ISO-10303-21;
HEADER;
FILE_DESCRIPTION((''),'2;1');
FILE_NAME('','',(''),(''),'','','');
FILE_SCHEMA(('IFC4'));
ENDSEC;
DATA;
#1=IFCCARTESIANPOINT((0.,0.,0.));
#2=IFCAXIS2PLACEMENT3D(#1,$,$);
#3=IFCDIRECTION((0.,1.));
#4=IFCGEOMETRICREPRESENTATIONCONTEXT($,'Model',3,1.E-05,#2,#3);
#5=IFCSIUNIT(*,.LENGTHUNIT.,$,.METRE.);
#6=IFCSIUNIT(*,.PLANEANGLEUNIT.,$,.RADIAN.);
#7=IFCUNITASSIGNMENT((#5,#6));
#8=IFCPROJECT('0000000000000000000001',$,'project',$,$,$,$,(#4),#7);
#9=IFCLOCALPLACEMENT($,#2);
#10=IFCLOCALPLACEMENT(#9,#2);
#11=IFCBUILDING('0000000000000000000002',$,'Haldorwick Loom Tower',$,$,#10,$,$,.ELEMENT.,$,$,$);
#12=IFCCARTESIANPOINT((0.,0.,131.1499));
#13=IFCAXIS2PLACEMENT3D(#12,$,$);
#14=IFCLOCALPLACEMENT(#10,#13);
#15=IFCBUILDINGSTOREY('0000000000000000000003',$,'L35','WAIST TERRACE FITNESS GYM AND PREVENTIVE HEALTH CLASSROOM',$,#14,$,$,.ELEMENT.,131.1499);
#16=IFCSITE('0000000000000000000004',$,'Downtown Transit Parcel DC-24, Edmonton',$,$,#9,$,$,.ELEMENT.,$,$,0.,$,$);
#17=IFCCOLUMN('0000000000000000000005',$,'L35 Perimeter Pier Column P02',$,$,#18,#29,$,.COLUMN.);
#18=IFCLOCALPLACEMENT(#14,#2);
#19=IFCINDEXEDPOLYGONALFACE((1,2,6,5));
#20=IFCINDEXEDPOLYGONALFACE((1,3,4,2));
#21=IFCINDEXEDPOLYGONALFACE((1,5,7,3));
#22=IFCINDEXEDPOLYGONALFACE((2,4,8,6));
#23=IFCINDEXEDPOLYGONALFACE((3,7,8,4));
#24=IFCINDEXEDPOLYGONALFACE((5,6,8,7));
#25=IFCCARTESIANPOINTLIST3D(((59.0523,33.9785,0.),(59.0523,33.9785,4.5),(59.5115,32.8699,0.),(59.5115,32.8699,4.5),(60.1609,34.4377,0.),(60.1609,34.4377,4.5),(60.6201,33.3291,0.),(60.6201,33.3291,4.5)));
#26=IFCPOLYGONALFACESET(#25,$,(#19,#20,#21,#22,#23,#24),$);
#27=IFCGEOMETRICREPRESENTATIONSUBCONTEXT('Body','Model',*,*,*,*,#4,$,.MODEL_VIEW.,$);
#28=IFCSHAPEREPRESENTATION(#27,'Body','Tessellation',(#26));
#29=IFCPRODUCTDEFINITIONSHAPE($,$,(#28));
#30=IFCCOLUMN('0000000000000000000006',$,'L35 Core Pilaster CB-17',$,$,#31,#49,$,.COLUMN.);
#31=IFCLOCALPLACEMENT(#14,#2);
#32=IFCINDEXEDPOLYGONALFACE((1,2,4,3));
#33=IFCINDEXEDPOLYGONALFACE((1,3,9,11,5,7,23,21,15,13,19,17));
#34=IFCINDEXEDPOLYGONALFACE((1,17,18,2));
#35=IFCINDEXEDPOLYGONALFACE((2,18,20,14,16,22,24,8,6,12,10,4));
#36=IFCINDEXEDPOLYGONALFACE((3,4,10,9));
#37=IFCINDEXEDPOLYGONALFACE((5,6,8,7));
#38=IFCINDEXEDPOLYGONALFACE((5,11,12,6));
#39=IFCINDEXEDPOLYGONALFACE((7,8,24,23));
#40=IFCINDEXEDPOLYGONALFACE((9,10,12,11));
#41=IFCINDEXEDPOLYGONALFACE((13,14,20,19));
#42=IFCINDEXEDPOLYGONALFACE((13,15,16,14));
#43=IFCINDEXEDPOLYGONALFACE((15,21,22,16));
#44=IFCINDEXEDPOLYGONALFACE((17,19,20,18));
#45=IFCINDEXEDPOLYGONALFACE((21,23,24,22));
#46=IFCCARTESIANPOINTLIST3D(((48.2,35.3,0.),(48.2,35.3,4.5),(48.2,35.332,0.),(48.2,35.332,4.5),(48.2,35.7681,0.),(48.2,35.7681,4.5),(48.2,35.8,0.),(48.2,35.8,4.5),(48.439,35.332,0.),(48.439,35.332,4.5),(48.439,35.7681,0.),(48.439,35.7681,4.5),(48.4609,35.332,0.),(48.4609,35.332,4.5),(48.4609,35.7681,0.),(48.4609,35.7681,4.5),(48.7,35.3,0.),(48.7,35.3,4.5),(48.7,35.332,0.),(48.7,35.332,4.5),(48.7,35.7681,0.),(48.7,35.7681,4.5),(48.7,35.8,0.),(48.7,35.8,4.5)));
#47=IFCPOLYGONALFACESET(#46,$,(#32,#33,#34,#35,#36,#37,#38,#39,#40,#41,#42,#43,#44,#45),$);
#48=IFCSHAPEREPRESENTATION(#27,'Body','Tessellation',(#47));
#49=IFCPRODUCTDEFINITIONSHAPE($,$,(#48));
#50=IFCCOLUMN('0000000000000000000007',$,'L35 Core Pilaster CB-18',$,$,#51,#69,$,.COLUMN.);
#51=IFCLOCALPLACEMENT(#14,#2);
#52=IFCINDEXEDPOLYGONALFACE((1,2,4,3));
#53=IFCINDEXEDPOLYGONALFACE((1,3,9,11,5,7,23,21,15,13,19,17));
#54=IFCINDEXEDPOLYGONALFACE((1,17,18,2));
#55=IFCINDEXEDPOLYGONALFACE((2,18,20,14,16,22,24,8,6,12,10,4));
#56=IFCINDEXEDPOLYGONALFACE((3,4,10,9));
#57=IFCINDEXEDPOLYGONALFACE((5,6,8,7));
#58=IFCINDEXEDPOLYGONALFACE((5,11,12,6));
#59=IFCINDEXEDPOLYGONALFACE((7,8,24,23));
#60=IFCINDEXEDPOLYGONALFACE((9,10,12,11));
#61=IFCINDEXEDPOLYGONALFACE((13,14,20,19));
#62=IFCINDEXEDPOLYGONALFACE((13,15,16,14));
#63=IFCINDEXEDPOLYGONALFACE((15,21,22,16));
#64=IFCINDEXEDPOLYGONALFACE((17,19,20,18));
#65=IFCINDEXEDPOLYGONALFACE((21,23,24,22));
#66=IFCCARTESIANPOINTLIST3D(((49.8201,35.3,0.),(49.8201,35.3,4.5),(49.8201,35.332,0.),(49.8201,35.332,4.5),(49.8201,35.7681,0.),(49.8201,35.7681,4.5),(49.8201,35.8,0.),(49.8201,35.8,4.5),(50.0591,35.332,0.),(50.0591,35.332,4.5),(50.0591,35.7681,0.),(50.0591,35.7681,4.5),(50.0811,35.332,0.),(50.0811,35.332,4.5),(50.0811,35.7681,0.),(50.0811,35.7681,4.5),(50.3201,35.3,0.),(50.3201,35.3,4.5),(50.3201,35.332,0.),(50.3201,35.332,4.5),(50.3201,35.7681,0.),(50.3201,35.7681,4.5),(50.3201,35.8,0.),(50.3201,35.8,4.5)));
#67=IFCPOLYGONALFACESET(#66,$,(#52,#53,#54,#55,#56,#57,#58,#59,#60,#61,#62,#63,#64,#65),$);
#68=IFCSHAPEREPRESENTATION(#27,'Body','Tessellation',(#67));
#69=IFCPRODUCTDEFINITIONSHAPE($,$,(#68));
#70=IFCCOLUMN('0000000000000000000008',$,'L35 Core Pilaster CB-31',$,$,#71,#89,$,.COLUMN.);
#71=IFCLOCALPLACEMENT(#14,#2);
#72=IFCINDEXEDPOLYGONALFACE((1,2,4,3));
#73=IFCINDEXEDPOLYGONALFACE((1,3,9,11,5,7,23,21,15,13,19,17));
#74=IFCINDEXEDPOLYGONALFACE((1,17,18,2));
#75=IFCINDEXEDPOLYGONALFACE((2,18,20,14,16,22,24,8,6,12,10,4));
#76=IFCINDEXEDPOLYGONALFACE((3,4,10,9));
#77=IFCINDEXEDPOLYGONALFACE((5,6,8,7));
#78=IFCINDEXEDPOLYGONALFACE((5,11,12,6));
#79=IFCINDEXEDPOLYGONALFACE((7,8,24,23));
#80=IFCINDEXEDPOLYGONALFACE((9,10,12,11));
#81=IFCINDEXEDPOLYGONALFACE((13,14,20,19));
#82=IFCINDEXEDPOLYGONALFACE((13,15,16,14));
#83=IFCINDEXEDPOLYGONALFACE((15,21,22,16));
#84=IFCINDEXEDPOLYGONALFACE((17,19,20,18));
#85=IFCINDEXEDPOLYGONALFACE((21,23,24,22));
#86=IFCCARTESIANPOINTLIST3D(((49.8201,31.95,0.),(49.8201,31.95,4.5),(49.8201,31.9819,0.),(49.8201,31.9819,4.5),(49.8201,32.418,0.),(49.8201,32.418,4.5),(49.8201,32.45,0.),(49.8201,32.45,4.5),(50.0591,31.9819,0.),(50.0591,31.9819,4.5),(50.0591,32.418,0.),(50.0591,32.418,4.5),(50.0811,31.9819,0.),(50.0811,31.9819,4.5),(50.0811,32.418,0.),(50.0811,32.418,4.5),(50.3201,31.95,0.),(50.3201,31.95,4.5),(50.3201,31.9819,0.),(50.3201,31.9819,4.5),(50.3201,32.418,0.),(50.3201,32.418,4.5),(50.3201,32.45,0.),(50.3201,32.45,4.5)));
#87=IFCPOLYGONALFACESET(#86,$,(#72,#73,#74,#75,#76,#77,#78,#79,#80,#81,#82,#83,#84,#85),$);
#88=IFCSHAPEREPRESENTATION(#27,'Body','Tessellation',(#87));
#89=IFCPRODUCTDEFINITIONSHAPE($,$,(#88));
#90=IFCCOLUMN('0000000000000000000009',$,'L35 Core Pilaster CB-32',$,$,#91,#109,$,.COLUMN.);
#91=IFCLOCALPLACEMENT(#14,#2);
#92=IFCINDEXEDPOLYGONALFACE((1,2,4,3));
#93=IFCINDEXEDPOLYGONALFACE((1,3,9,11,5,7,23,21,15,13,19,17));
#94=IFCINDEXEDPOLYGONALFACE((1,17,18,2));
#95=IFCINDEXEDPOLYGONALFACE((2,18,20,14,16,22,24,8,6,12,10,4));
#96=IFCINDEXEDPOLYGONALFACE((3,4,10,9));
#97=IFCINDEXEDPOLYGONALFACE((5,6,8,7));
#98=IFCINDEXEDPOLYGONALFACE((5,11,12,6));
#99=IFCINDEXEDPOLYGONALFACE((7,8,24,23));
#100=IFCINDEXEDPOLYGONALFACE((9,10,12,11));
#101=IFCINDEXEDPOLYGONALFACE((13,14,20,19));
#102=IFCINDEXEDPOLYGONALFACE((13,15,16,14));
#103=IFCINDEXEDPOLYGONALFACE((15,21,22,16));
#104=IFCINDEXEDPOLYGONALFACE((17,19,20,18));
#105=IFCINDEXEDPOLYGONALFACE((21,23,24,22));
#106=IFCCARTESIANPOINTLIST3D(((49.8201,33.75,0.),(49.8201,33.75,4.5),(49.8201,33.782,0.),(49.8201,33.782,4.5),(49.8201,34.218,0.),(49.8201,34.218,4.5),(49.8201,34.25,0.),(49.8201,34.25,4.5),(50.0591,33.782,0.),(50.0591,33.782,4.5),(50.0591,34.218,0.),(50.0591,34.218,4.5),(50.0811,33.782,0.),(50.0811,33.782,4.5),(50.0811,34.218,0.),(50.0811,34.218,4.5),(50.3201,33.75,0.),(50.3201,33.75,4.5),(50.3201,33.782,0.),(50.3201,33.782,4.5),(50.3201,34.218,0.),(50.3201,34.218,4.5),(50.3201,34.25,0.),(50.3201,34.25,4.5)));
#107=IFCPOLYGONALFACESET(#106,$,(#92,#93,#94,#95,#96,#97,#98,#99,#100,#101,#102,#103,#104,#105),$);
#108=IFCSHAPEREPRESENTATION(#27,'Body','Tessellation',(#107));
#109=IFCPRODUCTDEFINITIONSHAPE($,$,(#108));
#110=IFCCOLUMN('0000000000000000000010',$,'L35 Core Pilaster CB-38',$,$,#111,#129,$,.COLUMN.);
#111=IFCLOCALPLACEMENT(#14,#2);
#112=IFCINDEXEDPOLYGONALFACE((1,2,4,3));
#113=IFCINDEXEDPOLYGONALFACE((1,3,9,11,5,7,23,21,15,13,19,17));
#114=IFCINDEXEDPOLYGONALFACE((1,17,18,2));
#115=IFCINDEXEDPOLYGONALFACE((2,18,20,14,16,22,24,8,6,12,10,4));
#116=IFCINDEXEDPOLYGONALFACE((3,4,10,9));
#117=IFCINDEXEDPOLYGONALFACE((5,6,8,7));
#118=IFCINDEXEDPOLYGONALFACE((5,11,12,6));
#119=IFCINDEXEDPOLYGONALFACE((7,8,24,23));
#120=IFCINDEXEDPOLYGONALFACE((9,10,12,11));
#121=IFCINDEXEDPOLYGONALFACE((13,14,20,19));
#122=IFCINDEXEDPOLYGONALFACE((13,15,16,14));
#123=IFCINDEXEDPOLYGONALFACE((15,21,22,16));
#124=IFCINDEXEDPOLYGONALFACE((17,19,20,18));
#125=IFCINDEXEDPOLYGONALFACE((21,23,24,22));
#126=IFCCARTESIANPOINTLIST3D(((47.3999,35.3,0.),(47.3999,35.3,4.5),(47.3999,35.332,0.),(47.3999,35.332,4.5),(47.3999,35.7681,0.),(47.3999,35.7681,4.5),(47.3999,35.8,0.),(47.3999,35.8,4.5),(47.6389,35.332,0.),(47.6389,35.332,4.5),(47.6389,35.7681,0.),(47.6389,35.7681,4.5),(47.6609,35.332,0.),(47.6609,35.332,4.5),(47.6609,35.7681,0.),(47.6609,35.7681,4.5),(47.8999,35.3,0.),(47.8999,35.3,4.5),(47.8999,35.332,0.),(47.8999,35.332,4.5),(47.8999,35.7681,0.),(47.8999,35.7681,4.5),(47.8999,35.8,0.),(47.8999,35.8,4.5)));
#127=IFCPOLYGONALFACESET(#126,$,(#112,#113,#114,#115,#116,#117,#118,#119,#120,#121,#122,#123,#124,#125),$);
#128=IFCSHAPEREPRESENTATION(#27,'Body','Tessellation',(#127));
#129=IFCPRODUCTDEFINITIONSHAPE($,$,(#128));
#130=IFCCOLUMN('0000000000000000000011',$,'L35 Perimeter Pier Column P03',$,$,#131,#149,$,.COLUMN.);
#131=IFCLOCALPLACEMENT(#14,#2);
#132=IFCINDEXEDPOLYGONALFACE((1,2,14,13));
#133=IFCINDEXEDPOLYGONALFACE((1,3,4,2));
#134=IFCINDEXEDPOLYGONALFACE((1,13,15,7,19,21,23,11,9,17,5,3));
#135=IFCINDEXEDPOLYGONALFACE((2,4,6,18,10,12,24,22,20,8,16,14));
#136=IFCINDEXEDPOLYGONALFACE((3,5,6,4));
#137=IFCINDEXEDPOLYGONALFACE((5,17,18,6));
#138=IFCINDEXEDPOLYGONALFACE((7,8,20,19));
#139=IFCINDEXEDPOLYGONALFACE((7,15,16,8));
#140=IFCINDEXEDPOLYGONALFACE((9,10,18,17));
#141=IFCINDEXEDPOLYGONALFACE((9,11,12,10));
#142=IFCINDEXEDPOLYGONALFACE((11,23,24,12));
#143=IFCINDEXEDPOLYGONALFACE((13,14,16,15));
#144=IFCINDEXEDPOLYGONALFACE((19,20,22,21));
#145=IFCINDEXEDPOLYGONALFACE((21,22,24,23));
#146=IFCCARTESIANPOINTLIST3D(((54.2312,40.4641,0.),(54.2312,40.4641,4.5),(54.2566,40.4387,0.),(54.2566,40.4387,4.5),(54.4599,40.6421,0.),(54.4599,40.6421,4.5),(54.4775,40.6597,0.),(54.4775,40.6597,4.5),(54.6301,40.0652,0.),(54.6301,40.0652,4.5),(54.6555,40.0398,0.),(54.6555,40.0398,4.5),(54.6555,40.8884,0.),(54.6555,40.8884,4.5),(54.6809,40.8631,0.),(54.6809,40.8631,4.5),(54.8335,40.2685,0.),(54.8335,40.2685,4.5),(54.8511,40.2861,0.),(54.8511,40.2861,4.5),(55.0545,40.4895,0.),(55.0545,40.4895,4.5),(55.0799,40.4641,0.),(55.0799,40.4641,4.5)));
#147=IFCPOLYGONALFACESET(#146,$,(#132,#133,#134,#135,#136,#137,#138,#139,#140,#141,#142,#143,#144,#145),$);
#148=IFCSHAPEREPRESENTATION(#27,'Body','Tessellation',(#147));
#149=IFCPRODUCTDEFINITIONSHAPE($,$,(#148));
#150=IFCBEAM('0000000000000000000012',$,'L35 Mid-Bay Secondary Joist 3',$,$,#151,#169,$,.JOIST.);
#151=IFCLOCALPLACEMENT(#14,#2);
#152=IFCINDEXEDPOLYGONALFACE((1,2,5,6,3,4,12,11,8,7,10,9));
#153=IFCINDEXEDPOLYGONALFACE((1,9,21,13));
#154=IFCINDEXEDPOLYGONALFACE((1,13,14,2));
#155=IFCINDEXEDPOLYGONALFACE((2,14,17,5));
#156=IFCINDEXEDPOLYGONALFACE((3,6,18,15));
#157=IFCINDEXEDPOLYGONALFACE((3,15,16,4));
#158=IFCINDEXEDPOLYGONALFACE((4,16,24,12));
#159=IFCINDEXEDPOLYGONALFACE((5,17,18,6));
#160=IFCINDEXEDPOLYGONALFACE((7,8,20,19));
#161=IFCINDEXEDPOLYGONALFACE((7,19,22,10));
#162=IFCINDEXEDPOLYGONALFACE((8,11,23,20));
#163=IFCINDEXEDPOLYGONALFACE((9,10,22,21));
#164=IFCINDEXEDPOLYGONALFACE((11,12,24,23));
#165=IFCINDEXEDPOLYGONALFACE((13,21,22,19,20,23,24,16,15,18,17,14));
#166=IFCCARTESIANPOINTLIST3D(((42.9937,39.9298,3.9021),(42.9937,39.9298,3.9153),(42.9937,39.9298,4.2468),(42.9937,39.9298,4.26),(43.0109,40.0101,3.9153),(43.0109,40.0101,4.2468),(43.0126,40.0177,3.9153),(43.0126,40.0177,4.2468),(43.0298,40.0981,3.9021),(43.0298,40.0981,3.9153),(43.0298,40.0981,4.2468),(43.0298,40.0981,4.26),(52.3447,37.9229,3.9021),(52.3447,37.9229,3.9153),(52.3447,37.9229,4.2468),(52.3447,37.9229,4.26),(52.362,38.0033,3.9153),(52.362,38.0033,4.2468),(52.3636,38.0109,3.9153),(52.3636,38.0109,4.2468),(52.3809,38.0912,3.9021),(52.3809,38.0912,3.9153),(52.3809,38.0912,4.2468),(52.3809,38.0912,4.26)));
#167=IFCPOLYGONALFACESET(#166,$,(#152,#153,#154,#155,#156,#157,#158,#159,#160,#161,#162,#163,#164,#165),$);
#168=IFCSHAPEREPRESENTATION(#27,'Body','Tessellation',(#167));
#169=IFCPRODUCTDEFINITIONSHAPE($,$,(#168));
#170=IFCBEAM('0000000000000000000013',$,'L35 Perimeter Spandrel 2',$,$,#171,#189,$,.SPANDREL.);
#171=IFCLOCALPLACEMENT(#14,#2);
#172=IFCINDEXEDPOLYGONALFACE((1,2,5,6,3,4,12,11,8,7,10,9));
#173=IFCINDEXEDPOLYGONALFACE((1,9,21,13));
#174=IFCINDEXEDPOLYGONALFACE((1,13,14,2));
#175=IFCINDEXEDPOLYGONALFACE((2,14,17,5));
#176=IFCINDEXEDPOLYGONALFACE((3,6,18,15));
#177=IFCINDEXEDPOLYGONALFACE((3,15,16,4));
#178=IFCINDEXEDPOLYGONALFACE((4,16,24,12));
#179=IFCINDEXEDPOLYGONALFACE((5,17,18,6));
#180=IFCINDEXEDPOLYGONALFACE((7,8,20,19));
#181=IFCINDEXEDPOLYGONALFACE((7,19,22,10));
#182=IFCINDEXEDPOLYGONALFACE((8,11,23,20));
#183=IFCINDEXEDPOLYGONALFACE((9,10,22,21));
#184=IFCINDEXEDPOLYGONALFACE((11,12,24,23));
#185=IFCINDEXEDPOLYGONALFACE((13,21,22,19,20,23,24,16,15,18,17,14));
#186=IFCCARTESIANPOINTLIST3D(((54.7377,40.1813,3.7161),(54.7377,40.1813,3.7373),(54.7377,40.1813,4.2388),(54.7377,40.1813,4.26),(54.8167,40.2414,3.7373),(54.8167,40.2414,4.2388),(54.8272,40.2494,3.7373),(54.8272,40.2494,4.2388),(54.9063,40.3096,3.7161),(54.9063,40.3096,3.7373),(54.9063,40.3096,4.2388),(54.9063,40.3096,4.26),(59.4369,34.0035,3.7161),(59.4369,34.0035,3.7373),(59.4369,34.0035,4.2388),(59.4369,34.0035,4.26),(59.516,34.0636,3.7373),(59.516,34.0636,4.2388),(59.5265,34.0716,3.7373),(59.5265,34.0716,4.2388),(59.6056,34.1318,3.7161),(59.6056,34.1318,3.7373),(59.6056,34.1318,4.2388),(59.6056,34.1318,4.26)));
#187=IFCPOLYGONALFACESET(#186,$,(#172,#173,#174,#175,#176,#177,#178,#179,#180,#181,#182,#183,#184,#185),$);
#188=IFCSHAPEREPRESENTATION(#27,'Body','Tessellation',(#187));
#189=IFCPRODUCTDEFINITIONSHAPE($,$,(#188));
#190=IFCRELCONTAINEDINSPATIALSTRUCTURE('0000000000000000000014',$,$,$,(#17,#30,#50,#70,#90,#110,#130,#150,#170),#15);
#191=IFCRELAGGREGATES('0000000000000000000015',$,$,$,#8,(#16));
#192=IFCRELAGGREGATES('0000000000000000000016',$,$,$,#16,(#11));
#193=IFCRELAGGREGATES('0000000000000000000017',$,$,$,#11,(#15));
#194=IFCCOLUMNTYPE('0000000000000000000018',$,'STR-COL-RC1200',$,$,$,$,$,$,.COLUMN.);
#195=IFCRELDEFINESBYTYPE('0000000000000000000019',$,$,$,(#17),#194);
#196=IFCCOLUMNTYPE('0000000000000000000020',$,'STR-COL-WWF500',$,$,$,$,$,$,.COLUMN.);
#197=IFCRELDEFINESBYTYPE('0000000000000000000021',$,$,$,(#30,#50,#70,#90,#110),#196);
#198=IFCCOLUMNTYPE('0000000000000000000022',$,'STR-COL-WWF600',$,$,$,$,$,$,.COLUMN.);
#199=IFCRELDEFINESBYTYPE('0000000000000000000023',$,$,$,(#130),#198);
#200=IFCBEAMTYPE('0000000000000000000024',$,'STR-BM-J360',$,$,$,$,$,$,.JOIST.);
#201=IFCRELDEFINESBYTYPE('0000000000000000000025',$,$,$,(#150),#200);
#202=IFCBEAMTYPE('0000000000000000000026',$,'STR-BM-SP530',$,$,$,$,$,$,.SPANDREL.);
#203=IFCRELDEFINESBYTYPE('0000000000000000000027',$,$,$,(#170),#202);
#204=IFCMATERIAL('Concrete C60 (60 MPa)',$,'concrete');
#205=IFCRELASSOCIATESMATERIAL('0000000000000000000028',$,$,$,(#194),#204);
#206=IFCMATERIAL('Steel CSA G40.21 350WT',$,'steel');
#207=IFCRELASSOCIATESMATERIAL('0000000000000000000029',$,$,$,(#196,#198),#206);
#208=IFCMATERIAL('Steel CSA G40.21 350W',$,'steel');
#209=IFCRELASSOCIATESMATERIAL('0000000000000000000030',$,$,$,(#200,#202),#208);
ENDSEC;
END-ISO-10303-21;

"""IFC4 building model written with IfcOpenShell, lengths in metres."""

from ifc_helpers import new_model, si_unit, direction, frame, origin, origin_2d, place, context, subcontext, project, spatial, rectangle, i_section, extrude, material, material_profile, profile_set, type_object, element, save


model = new_model("IFC4")

# Units and contexts
model_context = context("Model", 3, precision=1e-05, world=origin(), true_north=direction((0.0, 1.0)))
body_context = subcontext(model_context, "Body", "Model", "MODEL_VIEW")
ifc_project = project(units=[si_unit("LENGTHUNIT", "METRE"), si_unit("PLANEANGLEUNIT", "RADIAN")], contexts=[model_context])

# Site, building, storey
site_placement = place(None, origin())
site = spatial("IfcSite", under=ifc_project, at=site_placement, Name="Downtown Transit Parcel DC-24, Edmonton", CompositionType="ELEMENT", RefElevation=0.0)
building_placement = place(site_placement, origin())
building = spatial("IfcBuilding", under=site, at=building_placement, Name="Haldorwick Loom Tower", CompositionType="ELEMENT")
storey_placement = place(building_placement, frame((0.0, 0.0, 131.1499)))
storey = spatial("IfcBuildingStorey", under=building, at=storey_placement, Name="L35", Description="WAIST TERRACE FITNESS GYM AND PREVENTIVE HEALTH CLASSROOM", CompositionType="ELEMENT", Elevation=131.1499)

# Columns
ifc_material_1 = material(Name="Concrete C60 (60 MPa)", Category="concrete")
ifc_material_profile_1 = material_profile(ifc_material_1, rectangle(XDim=1.2, YDim=1.2, at=origin_2d()), Name="RC1200X1200", Category="concrete")
ifc_profile_set_1 = profile_set([ifc_material_profile_1], Name="Concrete C60 (60 MPa)")
column_type_1 = type_object("IfcColumnType", Name="STR-COL-RC1200", PredefinedType="COLUMN", material=ifc_profile_set_1)
column_1_placement = place(storey_placement, frame((59.8362, 33.6538, 0.0), z_axis=(0.0, 0.0, 1.0), x_axis=(0.92388, 0.382683, 0.0)))
element("IfcColumn", 1, at=column_1_placement, inside=storey, type_object=column_type_1, Name="L35 Perimeter Pier Column P02", PredefinedType="COLUMN", context=body_context, shape_type="SweptSolid", body=[
    extrude(rectangle(XDim=1.2, YDim=1.2, at=origin_2d()), origin(), (0.0, 0.0, 1.0), 4.5),
])
ifc_material_2 = material(Name="Steel CSA G40.21 350WT", Category="steel")
ifc_material_profile_2 = material_profile(ifc_material_2, i_section(OverallWidth=0.5, OverallDepth=0.5, WebThickness=0.022, FlangeThickness=0.032, at=origin_2d()), Name="WWF500X500", Category="steel")
ifc_profile_set_2 = profile_set([ifc_material_profile_2], Name="Steel CSA G40.21 350WT")
column_type_2 = type_object("IfcColumnType", Name="STR-COL-WWF500", PredefinedType="COLUMN", material=ifc_profile_set_2)
for number, where, z_axis, x_axis, name in (
    (2, (48.45, 35.55, 0.0), (0.0, 0.0, 1.0), (1.0, 0.0, 0.0), "L35 Core Pilaster CB-17"),
    (3, (50.0701, 35.55, 0.0), (0.0, 0.0, 1.0), (1.0, 0.0, 0.0), "L35 Core Pilaster CB-18"),
    (4, (50.0701, 32.2, 0.0), (0.0, 0.0, 1.0), (1.0, 0.0, 0.0), "L35 Core Pilaster CB-31"),
    (5, (50.0701, 34.0, 0.0), (0.0, 0.0, 1.0), (1.0, 0.0, 0.0), "L35 Core Pilaster CB-32"),
    (6, (47.6499, 35.55, 0.0), (0.0, 0.0, 1.0), (1.0, 0.0, 0.0), "L35 Core Pilaster CB-38"),
):
    element("IfcColumn", number, at=place(storey_placement, frame(where, z_axis=z_axis, x_axis=x_axis)), inside=storey, type_object=column_type_2, Name=name, PredefinedType="COLUMN", context=body_context, shape_type="SweptSolid", body=[
        extrude(i_section(OverallWidth=0.5, OverallDepth=0.5, WebThickness=0.022, FlangeThickness=0.032, at=origin_2d()), origin(), (0.0, 0.0, 1.0), 4.5),
    ])
ifc_material_profile_3 = material_profile(ifc_material_2, i_section(OverallWidth=0.6001, OverallDepth=0.6001, WebThickness=0.0249, FlangeThickness=0.0359, at=origin_2d()), Name="WWF600X600", Category="steel")
ifc_profile_set_3 = profile_set([ifc_material_profile_3], Name="Steel CSA G40.21 350WT")
column_type_3 = type_object("IfcColumnType", Name="STR-COL-WWF600", PredefinedType="COLUMN", material=ifc_profile_set_3)
column_2_placement = place(storey_placement, frame((54.6555, 40.4641, 0.0), z_axis=(0.0, 0.0, 1.0), x_axis=(0.707107, 0.707107, 0.0)))
element("IfcColumn", 7, at=column_2_placement, inside=storey, type_object=column_type_3, Name="L35 Perimeter Pier Column P03", PredefinedType="COLUMN", context=body_context, shape_type="SweptSolid", body=[
    extrude(i_section(OverallWidth=0.6001, OverallDepth=0.6001, WebThickness=0.0249, FlangeThickness=0.0359, at=origin_2d()), origin(), (0.0, 0.0, 1.0), 4.5),
])

# Beams
ifc_material_3 = material(Name="Steel CSA G40.21 350W", Category="steel")
ifc_material_profile_4 = material_profile(ifc_material_3, i_section(OverallWidth=0.1721, OverallDepth=0.3579, WebThickness=0.0078, FlangeThickness=0.0132, at=origin_2d()), Name="W360X57", Category="steel")
ifc_profile_set_4 = profile_set([ifc_material_profile_4], Name="Steel CSA G40.21 350W")
beam_type_1 = type_object("IfcBeamType", Name="STR-BM-J360", PredefinedType="JOIST", material=ifc_profile_set_4)
beam_1_placement = place(storey_placement, frame((52.3628, 38.0071, 4.0811), z_axis=(-0.977737, 0.209832, 0.0), x_axis=(-0.209832, -0.977737, 0.0)))
element("IfcBeam", 8, at=beam_1_placement, inside=storey, type_object=beam_type_1, Name="L35 Mid-Bay Secondary Joist 3", PredefinedType="JOIST", context=body_context, shape_type="SweptSolid", body=[
    extrude(i_section(OverallWidth=0.1721, OverallDepth=0.3579, WebThickness=0.0078, FlangeThickness=0.0132, at=origin_2d()), origin(), (0.0, 0.0, 1.0), 9.564),
])
ifc_material_profile_5 = material_profile(ifc_material_3, i_section(OverallWidth=0.2119, OverallDepth=0.5439, WebThickness=0.0132, FlangeThickness=0.0212, at=origin_2d()), Name="W530X123", Category="steel")
ifc_profile_set_5 = profile_set([ifc_material_profile_5], Name="Steel CSA G40.21 350W")
beam_type_2 = type_object("IfcBeamType", Name="STR-BM-SP530", PredefinedType="SPANDREL", material=ifc_profile_set_5)
beam_2_placement = place(storey_placement, frame((59.5212, 34.0676, 3.988), z_axis=(-0.605421, 0.795905, 0.0), x_axis=(-0.795905, -0.605421, 0.0)))
element("IfcBeam", 9, at=beam_2_placement, inside=storey, type_object=beam_type_2, Name="L35 Perimeter Spandrel 2", PredefinedType="SPANDREL", context=body_context, shape_type="SweptSolid", body=[
    extrude(i_section(OverallWidth=0.2119, OverallDepth=0.5439, WebThickness=0.0132, FlangeThickness=0.0212, at=origin_2d()), origin(), (0.0, 0.0, 1.0), 7.762),
])

save(model, "model.ifc")
